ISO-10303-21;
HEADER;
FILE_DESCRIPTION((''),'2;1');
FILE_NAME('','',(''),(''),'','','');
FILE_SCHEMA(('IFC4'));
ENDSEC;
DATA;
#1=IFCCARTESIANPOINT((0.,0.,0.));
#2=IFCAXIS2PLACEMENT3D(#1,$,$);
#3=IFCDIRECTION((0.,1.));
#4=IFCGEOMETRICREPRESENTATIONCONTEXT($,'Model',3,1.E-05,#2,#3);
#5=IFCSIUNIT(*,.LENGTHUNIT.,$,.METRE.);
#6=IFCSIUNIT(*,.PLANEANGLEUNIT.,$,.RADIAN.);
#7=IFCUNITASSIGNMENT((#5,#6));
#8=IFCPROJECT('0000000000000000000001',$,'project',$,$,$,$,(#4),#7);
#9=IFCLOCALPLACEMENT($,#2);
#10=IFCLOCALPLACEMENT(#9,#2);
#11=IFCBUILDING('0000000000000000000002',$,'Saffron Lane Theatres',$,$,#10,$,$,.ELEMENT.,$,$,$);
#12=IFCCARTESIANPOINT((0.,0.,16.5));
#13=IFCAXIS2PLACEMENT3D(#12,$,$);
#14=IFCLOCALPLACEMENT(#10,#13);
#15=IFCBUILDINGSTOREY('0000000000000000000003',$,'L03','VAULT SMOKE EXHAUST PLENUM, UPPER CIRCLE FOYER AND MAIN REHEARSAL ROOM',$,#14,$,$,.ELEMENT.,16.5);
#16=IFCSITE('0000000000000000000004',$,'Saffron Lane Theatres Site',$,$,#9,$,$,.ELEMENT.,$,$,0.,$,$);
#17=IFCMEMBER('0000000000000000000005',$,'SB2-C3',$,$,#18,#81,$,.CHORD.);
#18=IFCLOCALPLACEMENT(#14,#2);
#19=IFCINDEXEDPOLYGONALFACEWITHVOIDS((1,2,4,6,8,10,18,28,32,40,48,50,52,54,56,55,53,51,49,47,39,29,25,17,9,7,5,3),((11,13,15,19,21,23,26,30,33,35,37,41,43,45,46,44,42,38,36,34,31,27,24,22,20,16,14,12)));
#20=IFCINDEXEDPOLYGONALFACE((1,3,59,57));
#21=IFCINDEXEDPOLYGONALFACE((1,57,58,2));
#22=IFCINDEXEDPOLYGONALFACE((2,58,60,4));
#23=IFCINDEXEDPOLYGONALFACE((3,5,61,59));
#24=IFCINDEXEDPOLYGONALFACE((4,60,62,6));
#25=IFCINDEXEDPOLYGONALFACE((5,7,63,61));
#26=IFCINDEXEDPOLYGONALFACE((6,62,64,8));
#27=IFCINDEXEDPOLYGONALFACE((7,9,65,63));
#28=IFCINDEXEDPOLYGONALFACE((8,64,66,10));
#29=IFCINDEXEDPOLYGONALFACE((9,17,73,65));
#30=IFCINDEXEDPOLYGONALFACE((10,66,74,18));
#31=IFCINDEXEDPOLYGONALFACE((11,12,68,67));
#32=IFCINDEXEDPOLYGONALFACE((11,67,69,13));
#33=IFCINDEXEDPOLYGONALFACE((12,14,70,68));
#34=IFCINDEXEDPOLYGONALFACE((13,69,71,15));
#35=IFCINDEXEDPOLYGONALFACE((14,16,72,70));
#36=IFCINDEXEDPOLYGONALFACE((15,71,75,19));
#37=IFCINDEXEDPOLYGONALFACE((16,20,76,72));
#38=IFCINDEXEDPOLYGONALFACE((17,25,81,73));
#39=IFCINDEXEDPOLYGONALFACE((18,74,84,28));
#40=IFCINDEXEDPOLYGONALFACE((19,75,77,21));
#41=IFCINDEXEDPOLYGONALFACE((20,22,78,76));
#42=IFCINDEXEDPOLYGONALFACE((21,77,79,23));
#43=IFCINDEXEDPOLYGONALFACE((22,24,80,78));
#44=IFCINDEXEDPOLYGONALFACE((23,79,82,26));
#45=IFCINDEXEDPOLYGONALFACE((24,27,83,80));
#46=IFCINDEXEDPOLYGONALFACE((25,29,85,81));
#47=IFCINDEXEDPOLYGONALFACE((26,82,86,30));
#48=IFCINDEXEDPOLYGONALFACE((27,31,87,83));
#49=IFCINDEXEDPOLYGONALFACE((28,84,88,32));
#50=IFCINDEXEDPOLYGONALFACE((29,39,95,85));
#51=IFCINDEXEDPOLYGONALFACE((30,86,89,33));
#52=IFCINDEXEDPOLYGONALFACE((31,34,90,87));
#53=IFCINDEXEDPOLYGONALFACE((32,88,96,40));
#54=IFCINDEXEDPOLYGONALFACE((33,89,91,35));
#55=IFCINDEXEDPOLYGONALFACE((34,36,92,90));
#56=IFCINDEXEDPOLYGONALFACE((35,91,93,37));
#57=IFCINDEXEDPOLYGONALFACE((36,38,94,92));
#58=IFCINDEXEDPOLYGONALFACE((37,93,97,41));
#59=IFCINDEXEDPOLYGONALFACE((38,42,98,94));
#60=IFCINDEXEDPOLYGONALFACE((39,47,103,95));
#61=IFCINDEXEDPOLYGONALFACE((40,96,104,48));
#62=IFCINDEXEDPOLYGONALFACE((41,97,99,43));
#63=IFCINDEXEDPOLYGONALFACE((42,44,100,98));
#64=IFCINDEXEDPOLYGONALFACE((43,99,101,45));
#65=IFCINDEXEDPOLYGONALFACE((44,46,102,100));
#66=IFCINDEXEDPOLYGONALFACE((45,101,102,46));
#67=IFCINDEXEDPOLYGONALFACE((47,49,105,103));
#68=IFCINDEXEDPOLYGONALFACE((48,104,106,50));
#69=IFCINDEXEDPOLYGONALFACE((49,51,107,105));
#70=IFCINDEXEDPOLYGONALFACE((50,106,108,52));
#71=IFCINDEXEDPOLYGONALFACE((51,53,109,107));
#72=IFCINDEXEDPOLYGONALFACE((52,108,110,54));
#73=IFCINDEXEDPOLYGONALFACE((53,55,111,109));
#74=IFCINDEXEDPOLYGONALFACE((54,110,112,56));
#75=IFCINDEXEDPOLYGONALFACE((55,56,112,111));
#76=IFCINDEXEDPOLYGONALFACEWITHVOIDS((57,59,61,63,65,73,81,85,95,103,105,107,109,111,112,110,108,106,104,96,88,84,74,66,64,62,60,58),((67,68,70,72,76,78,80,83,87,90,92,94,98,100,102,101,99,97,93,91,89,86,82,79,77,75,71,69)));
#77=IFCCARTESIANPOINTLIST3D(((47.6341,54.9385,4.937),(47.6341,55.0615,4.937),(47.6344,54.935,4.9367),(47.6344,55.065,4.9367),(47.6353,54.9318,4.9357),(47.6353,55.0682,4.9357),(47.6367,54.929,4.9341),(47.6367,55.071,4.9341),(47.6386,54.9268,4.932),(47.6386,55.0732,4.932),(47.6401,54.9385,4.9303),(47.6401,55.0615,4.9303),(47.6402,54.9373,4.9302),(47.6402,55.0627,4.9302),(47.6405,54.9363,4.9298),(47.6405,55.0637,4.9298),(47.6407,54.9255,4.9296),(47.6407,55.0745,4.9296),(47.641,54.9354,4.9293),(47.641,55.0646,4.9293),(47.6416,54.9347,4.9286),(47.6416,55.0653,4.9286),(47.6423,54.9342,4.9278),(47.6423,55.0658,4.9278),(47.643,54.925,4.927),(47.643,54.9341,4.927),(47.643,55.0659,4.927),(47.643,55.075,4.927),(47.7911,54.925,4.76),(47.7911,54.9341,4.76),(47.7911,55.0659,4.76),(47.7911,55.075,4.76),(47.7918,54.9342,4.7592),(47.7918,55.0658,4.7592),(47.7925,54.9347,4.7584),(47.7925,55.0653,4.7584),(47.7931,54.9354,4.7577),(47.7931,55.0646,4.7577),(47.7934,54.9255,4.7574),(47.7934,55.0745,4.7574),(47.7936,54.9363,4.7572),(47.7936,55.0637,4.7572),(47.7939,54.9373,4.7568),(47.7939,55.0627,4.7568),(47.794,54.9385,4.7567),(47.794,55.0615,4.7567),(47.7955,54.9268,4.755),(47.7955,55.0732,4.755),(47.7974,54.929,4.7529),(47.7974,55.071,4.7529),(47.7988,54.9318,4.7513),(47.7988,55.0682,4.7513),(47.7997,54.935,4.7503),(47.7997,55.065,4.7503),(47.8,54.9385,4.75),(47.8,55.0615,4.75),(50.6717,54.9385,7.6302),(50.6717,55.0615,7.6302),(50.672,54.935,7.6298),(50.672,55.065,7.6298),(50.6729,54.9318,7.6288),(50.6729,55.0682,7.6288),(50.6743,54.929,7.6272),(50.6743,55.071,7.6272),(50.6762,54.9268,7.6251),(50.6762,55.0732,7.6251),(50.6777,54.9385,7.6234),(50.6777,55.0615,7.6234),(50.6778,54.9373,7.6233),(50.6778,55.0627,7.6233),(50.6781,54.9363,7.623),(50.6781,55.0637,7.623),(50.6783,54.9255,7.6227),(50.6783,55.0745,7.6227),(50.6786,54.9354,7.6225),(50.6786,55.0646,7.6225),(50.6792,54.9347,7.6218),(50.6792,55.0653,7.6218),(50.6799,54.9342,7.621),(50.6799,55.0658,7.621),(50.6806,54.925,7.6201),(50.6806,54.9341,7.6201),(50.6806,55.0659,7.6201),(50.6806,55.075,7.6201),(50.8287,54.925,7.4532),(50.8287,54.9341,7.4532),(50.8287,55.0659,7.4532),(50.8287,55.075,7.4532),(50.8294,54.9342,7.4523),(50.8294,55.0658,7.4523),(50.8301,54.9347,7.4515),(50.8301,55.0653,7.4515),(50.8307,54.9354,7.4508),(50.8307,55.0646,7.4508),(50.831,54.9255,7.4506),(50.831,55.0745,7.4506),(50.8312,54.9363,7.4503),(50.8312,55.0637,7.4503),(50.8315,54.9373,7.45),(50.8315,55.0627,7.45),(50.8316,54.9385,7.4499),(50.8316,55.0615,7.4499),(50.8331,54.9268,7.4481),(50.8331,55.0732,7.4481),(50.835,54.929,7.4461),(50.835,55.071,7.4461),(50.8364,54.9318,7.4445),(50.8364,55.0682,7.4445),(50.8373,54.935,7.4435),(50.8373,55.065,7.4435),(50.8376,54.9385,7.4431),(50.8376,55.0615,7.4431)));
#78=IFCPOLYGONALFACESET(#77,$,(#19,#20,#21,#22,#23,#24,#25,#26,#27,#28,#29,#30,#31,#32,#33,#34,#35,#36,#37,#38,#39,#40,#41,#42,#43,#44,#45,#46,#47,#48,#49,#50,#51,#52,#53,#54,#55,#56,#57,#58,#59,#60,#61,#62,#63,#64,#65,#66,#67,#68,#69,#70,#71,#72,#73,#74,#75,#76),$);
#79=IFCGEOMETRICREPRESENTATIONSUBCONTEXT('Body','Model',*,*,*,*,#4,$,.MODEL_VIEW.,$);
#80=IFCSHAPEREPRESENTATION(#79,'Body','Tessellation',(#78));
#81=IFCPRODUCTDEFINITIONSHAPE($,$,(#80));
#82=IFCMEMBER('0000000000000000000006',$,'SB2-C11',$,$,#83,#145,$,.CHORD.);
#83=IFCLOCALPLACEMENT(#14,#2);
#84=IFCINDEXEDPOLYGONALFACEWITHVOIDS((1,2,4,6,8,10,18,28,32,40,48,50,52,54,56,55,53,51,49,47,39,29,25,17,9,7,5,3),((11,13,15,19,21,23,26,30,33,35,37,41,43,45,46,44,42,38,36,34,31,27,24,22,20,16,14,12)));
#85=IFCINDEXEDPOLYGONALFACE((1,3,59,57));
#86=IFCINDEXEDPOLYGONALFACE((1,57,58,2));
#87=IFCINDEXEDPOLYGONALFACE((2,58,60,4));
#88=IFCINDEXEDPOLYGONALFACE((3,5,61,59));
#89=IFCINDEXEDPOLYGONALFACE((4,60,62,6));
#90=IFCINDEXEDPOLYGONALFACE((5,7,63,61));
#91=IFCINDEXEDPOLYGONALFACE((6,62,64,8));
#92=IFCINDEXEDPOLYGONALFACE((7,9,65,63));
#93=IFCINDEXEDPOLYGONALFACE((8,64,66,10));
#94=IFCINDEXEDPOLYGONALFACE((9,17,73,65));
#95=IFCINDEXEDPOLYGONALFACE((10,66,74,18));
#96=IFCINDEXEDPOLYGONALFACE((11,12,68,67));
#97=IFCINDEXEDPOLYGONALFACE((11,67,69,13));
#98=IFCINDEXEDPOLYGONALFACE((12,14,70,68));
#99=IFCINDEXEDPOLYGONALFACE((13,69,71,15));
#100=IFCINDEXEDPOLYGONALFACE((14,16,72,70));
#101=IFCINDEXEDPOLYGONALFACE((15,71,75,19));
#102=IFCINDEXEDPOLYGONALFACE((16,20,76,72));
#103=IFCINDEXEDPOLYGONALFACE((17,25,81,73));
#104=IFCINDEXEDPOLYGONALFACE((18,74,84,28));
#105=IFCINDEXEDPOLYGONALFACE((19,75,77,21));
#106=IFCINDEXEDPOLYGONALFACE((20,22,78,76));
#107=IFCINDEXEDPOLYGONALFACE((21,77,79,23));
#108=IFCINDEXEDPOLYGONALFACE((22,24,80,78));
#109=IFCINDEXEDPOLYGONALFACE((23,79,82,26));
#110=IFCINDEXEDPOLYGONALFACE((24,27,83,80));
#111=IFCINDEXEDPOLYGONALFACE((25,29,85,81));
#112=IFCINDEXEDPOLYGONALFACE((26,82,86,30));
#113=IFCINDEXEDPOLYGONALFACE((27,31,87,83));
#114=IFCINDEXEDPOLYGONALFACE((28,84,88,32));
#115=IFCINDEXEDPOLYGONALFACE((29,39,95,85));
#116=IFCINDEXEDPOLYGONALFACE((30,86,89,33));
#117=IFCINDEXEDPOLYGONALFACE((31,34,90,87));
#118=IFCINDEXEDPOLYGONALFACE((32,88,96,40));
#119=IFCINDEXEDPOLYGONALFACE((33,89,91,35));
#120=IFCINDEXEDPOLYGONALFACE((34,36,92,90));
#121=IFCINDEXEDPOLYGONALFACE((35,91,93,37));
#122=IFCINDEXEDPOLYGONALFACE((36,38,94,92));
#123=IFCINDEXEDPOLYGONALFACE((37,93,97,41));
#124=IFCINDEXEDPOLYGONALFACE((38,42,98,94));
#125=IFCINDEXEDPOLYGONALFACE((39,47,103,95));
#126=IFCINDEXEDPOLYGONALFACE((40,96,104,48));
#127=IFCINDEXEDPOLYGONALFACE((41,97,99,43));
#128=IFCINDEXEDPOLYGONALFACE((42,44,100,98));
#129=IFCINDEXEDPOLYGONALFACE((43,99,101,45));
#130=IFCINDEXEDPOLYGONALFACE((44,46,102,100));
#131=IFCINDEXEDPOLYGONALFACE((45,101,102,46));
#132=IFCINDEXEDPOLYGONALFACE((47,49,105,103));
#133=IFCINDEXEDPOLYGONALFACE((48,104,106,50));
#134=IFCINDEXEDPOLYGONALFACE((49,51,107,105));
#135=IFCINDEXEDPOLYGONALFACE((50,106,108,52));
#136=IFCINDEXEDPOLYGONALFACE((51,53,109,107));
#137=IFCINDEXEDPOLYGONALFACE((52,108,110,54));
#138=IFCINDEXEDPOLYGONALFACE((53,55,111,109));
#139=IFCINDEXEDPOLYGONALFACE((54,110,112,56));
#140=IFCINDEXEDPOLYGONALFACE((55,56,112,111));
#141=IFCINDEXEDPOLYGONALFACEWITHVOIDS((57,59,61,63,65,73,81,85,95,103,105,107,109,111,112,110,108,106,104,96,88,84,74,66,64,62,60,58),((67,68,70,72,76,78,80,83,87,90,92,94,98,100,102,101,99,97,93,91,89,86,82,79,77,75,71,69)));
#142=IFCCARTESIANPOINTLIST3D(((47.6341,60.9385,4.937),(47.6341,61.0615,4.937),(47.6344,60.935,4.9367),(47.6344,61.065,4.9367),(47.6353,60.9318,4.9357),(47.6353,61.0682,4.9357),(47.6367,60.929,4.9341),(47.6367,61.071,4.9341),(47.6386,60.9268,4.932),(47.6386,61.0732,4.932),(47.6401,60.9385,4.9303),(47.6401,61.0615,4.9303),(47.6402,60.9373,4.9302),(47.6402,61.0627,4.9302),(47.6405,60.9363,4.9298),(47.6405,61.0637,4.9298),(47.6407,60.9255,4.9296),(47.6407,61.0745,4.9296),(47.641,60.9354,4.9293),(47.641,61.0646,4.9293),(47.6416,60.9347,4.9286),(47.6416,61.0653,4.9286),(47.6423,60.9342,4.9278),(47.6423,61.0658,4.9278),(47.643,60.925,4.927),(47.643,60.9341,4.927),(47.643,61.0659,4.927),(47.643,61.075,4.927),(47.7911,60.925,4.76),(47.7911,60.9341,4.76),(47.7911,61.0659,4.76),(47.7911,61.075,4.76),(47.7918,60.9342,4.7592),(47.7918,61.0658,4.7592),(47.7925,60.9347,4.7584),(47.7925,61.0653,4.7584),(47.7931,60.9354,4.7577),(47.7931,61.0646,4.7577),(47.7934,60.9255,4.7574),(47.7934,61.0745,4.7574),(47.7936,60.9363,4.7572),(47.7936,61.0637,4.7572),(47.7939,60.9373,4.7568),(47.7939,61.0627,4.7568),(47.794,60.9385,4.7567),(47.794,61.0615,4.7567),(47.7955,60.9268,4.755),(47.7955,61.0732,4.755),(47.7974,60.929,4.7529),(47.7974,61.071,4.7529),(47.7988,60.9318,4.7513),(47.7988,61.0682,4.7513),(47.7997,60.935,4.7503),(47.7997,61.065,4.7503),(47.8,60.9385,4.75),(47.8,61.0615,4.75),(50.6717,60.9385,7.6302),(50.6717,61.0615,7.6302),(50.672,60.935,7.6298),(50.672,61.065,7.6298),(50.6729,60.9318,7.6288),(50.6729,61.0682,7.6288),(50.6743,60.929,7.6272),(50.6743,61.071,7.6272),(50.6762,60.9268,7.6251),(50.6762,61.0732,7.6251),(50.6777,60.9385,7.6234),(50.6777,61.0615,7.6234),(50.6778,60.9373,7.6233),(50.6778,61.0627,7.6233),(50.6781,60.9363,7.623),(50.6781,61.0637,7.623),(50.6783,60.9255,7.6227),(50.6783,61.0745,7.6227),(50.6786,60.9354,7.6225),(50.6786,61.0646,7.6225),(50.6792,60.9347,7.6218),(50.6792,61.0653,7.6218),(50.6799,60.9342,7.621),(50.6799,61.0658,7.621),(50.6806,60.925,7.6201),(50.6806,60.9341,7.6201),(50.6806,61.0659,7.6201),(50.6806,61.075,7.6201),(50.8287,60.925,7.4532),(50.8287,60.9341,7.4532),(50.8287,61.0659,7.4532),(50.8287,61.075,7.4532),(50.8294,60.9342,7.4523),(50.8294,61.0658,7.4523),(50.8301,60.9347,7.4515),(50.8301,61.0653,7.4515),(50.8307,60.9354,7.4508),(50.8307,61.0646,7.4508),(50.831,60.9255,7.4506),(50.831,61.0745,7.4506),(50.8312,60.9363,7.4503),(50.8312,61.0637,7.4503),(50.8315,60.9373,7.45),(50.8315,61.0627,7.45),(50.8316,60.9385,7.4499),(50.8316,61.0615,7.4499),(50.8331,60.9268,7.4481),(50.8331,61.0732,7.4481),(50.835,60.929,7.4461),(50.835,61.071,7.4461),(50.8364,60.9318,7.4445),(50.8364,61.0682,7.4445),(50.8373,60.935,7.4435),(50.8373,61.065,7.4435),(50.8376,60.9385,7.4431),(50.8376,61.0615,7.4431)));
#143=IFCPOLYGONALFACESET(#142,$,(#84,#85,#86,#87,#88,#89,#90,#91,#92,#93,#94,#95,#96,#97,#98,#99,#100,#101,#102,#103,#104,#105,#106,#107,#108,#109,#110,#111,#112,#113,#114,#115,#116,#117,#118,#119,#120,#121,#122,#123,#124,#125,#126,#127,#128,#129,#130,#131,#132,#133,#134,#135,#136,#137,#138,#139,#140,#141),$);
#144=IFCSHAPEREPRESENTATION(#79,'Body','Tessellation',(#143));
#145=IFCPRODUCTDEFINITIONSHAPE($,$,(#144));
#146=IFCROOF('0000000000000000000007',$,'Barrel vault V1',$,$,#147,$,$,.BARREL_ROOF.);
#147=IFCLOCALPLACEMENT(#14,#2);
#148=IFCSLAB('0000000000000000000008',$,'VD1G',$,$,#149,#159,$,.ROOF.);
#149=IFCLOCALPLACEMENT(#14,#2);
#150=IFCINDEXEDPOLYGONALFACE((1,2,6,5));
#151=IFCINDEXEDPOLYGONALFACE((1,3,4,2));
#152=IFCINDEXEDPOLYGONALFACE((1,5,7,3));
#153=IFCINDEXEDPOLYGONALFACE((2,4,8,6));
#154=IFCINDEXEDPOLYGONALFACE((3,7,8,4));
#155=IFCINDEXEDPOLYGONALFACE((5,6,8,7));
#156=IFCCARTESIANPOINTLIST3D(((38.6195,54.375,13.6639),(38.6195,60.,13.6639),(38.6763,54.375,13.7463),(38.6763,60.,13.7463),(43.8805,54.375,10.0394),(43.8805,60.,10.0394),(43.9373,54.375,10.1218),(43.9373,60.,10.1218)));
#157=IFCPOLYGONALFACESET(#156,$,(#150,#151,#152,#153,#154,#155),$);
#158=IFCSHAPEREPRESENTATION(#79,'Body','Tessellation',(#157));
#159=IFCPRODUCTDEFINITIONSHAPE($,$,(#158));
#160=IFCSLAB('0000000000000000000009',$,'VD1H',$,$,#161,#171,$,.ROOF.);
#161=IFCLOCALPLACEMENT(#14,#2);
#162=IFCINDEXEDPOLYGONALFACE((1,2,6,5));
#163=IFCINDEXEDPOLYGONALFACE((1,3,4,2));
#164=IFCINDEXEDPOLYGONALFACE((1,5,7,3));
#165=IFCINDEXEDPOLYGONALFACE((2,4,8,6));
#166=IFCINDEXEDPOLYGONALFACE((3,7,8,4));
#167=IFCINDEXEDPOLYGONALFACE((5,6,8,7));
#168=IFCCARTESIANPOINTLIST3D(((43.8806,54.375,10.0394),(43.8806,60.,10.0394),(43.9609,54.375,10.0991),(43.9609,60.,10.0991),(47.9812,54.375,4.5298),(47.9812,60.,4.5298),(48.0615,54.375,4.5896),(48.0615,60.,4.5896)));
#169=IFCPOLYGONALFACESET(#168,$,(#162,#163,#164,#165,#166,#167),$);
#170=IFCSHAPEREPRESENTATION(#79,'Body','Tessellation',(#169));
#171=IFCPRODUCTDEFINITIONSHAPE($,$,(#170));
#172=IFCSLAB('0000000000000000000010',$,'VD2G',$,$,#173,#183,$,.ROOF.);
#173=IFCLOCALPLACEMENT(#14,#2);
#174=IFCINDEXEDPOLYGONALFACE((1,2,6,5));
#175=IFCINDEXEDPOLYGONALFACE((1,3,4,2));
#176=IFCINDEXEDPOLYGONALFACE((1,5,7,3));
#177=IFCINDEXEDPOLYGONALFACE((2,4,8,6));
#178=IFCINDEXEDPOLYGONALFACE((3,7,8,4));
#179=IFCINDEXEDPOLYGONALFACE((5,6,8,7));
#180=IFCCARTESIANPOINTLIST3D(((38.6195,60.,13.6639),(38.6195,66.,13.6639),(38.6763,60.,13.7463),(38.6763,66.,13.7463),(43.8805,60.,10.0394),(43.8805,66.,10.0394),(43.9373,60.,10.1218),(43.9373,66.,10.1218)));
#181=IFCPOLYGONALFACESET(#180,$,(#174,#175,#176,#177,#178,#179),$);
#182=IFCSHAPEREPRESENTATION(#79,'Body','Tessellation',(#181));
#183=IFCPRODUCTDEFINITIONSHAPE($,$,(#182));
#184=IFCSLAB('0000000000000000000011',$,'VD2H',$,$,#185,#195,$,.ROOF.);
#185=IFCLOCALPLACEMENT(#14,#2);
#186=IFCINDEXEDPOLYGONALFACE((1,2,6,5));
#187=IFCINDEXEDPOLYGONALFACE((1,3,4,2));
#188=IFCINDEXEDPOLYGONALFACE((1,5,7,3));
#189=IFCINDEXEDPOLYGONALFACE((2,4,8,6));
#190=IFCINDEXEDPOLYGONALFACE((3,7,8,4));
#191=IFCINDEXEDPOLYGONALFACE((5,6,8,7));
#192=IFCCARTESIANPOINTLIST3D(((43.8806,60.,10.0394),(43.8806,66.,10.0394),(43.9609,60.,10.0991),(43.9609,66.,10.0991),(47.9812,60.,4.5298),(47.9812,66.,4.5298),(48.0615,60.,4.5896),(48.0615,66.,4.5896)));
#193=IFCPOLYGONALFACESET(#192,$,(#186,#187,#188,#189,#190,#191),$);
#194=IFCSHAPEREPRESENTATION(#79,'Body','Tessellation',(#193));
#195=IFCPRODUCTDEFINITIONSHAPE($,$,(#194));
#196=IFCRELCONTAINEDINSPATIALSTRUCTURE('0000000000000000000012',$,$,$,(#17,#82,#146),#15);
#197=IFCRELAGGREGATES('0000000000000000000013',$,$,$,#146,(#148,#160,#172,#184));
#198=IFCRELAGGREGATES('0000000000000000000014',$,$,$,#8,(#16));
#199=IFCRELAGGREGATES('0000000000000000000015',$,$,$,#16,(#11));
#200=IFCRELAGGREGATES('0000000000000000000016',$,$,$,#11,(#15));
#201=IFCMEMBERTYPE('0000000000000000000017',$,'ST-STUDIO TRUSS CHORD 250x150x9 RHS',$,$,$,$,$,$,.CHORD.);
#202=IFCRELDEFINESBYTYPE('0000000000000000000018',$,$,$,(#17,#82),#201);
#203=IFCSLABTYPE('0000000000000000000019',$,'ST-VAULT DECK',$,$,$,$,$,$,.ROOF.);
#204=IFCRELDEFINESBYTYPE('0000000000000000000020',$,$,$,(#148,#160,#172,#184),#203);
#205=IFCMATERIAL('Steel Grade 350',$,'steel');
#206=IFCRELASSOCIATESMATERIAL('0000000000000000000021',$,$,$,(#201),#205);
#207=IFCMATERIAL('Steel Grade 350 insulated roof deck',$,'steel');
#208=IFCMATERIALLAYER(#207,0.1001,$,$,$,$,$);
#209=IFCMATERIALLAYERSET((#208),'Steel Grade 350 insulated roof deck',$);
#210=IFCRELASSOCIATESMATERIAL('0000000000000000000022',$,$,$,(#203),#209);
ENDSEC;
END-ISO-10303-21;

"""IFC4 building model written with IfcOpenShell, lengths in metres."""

from ifc_helpers import new_model, si_unit, direction, frame, origin, origin_2d, place, context, subcontext, project, spatial, polyline, hollow_rectangle, outline, extrude, material, layer, layer_set, material_profile, profile_set, type_object, element, aggregate, save


model = new_model("IFC4")

# Units and contexts
model_context = context("Model", 3, precision=1e-05, world=origin(), true_north=direction((0.0, 1.0)))
body_context = subcontext(model_context, "Body", "Model", "MODEL_VIEW")
ifc_project = project(units=[si_unit("LENGTHUNIT", "METRE"), si_unit("PLANEANGLEUNIT", "RADIAN")], contexts=[model_context])

# Site, building, storey
site_placement = place(None, origin())
site = spatial("IfcSite", under=ifc_project, at=site_placement, Name="Saffron Lane Theatres Site", CompositionType="ELEMENT", RefElevation=0.0)
building_placement = place(site_placement, origin())
building = spatial("IfcBuilding", under=site, at=building_placement, Name="Saffron Lane Theatres", CompositionType="ELEMENT")
storey_placement = place(building_placement, frame((0.0, 0.0, 16.5)))
storey = spatial("IfcBuildingStorey", under=building, at=storey_placement, Name="L03", Description="VAULT SMOKE EXHAUST PLENUM, UPPER CIRCLE FOYER AND MAIN REHEARSAL ROOM", CompositionType="ELEMENT", Elevation=16.5)

# Members
ifc_material_1 = material(Name="Steel Grade 350", Category="steel")
ifc_material_profile_1 = material_profile(ifc_material_1, hollow_rectangle(XDim=0.1499, YDim=0.25, WallThickness=0.009, InnerFilletRadius=0.0044, OuterFilletRadius=0.0134, at=origin_2d()))
ifc_profile_set_1 = profile_set([ifc_material_profile_1], Name="Steel Grade 350")
member_type = type_object("IfcMemberType", Name="ST-STUDIO TRUSS CHORD 250x150x9 RHS", PredefinedType="CHORD", material=ifc_profile_set_1)
for number, where, z_axis, x_axis, name in (
    (1, (47.717, 55.0, 4.8435), (0.748261, 0.0, 0.663404), (0.0, 1.0, 0.0), "SB2-C3"),
    (2, (47.717, 61.0, 4.8435), (0.748261, 0.0, 0.663404), (0.0, 1.0, 0.0), "SB2-C11"),
):
    element("IfcMember", number, at=place(storey_placement, frame(where, z_axis=z_axis, x_axis=x_axis)), inside=storey, type_object=member_type, Name=name, PredefinedType="CHORD", context=body_context, shape_type="SweptSolid", body=[
        extrude(hollow_rectangle(XDim=0.1499, YDim=0.25, WallThickness=0.009, InnerFilletRadius=0.0044, OuterFilletRadius=0.0134, at=origin_2d()), origin(), (0.0, 0.0, 1.0), 4.0596),
    ])

# Roof, slabs
roof_placement = place(storey_placement, origin())
roof = element("IfcRoof", 3, at=roof_placement, inside=storey, Name="Barrel vault V1", PredefinedType="BARREL_ROOF")
ifc_material_2 = material(Name="Steel Grade 350 insulated roof deck", Category="steel")
ifc_layer_1 = layer(ifc_material_2, 0.1001)
ifc_layer_set_1 = layer_set([ifc_layer_1], Name="Steel Grade 350 insulated roof deck")
slab_type = type_object("IfcSlabType", Name="ST-VAULT DECK", PredefinedType="ROOF", material=ifc_layer_set_1)
slab_1_placement = place(storey_placement, frame((38.6763, 54.375, 13.7463), z_axis=(0.567335, 0.0, 0.823487), x_axis=(0.823487, 0.0, -0.567335)))
slab_1 = element("IfcSlab", 4, at=slab_1_placement, type_object=slab_type, Name="VD1G", PredefinedType="ROOF", context=body_context, shape_type="SweptSolid", body=[
    extrude(outline(polyline([(0.0, 0.0), (6.3887, 0.0), (6.3887, 5.625), (0.0, 5.625), (0.0, 0.0)])), origin(), (0.0, 0.0, -1.0), 0.1001),
])
slab_2_placement = place(storey_placement, frame((43.9609, 54.375, 10.0991), z_axis=(0.8022, 0.0, 0.597055), x_axis=(0.597055, 0.0, -0.8022)))
slab_2 = element("IfcSlab", 5, at=slab_2_placement, type_object=slab_type, Name="VD1H", PredefinedType="ROOF", context=body_context, shape_type="SweptSolid", body=[
    extrude(outline(polyline([(0.0, 0.0), (6.868, 0.0), (6.868, 5.625), (0.0, 5.625), (0.0, 0.0)])), origin(), (0.0, 0.0, -1.0), 0.1001),
])
slab_3_placement = place(storey_placement, frame((38.6763, 60.0, 13.7463), z_axis=(0.567335, 0.0, 0.823487), x_axis=(0.823487, 0.0, -0.567335)))
slab_3 = element("IfcSlab", 6, at=slab_3_placement, type_object=slab_type, Name="VD2G", PredefinedType="ROOF", context=body_context, shape_type="SweptSolid", body=[
    extrude(outline(polyline([(0.0, 0.0), (6.3887, 0.0), (6.3887, 6.0), (0.0, 6.0), (0.0, 0.0)])), origin(), (0.0, 0.0, -1.0), 0.1001),
])
slab_4_placement = place(storey_placement, frame((43.9609, 60.0, 10.0991), z_axis=(0.8022, 0.0, 0.597055), x_axis=(0.597055, 0.0, -0.8022)))
slab_4 = element("IfcSlab", 7, at=slab_4_placement, type_object=slab_type, Name="VD2H", PredefinedType="ROOF", context=body_context, shape_type="SweptSolid", body=[
    extrude(outline(polyline([(0.0, 0.0), (6.868, 0.0), (6.868, 6.0), (0.0, 6.0), (0.0, 0.0)])), origin(), (0.0, 0.0, -1.0), 0.1001),
])
aggregate(roof, [slab_1, slab_2, slab_3, slab_4])

save(model, "model.ifc")
